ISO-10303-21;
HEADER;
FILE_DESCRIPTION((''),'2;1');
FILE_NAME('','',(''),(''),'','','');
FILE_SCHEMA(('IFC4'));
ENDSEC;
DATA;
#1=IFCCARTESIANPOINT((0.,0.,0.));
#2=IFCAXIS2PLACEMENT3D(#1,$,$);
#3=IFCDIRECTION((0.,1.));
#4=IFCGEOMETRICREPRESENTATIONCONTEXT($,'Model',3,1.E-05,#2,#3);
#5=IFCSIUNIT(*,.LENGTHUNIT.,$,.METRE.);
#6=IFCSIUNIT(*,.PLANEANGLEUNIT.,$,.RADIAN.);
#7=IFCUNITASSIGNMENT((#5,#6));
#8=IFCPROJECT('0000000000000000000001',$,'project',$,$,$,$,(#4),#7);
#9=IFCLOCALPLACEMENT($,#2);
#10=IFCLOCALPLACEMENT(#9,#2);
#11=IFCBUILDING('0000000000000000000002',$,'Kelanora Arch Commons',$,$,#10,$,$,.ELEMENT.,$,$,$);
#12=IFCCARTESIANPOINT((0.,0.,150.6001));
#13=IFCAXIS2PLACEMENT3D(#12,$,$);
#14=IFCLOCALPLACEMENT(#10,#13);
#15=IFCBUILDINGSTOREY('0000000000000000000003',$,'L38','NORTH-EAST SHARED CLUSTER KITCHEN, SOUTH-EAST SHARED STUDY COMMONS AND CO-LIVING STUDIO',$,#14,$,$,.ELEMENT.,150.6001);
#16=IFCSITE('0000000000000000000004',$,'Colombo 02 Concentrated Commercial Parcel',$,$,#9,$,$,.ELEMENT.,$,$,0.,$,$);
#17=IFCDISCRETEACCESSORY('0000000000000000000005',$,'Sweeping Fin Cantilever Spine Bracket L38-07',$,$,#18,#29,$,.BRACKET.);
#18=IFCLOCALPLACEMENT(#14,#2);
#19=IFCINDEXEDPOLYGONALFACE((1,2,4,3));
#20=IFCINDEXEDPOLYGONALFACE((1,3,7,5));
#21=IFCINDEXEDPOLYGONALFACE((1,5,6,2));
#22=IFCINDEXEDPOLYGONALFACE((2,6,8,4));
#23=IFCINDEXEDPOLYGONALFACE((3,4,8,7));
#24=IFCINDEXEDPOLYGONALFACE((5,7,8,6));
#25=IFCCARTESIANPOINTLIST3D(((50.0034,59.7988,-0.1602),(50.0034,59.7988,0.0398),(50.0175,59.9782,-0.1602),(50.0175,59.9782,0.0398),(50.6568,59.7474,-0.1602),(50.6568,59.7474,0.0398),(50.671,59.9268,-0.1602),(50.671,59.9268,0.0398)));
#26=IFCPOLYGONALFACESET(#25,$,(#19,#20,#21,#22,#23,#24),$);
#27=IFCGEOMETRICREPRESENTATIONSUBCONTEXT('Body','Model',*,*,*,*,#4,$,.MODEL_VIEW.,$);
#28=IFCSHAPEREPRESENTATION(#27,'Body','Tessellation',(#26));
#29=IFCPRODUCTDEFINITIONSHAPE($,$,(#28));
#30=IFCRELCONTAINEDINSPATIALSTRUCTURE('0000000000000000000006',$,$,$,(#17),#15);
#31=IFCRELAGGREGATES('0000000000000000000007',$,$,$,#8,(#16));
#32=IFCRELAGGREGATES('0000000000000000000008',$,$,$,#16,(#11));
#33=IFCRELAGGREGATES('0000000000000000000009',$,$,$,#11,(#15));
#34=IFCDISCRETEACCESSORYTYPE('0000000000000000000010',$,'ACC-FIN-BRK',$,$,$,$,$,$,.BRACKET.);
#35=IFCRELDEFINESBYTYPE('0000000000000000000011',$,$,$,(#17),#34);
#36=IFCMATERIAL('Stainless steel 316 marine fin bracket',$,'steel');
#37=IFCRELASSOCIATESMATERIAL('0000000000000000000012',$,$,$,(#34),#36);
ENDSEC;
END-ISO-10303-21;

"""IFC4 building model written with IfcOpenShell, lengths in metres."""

from ifc_helpers import new_model, si_unit, direction, frame, origin, origin_2d, place, context, subcontext, project, spatial, rectangle, extrude, source, transform, mapped, material, type_object, element, save


model = new_model("IFC4")

# Units and contexts
model_context = context("Model", 3, precision=1e-05, world=origin(), true_north=direction((0.0, 1.0)))
body_context = subcontext(model_context, "Body", "Model", "MODEL_VIEW")
ifc_project = project(units=[si_unit("LENGTHUNIT", "METRE"), si_unit("PLANEANGLEUNIT", "RADIAN")], contexts=[model_context])

# Site, building, storey
site_placement = place(None, origin())
site = spatial("IfcSite", under=ifc_project, at=site_placement, Name="Colombo 02 Concentrated Commercial Parcel", CompositionType="ELEMENT", RefElevation=0.0)
building_placement = place(site_placement, origin())
building = spatial("IfcBuilding", under=site, at=building_placement, Name="Kelanora Arch Commons", CompositionType="ELEMENT")
storey_placement = place(building_placement, frame((0.0, 0.0, 150.6001)))
storey = spatial("IfcBuildingStorey", under=building, at=storey_placement, Name="L38", Description="NORTH-EAST SHARED CLUSTER KITCHEN, SOUTH-EAST SHARED STUDY COMMONS AND CO-LIVING STUDIO", CompositionType="ELEMENT", Elevation=150.6001)

# Discrete accessory
ifc_material_1 = material(Name="Stainless steel 316 marine fin bracket", Category="steel")
discrete_accessory_type = type_object("IfcDiscreteAccessoryType", Name="ACC-FIN-BRK", PredefinedType="BRACKET", material=ifc_material_1)
shared_shape_1 = source(origin(), body_context, "Body", "SweptSolid", [
    extrude(rectangle(XDim=0.6555, YDim=0.1799, at=origin_2d()), origin(), (0.0, 0.0, 1.0), 0.2),
])
discrete_accessory_placement = place(storey_placement, frame((50.3372, 59.8628, -0.1602), z_axis=(0.0, 0.0, 1.0), x_axis=(-0.996917, 0.078459, 0.0)))
element("IfcDiscreteAccessory", 1, at=discrete_accessory_placement, inside=storey, type_object=discrete_accessory_type, Name="Sweeping Fin Cantilever Spine Bracket L38-07", PredefinedType="BRACKET", context=body_context, shape_type="MappedRepresentation", body=[
    mapped(shared_shape_1, transform((0.0, 0.0, 0.0), scale=1.0)),
])

save(model, "model.ifc")
